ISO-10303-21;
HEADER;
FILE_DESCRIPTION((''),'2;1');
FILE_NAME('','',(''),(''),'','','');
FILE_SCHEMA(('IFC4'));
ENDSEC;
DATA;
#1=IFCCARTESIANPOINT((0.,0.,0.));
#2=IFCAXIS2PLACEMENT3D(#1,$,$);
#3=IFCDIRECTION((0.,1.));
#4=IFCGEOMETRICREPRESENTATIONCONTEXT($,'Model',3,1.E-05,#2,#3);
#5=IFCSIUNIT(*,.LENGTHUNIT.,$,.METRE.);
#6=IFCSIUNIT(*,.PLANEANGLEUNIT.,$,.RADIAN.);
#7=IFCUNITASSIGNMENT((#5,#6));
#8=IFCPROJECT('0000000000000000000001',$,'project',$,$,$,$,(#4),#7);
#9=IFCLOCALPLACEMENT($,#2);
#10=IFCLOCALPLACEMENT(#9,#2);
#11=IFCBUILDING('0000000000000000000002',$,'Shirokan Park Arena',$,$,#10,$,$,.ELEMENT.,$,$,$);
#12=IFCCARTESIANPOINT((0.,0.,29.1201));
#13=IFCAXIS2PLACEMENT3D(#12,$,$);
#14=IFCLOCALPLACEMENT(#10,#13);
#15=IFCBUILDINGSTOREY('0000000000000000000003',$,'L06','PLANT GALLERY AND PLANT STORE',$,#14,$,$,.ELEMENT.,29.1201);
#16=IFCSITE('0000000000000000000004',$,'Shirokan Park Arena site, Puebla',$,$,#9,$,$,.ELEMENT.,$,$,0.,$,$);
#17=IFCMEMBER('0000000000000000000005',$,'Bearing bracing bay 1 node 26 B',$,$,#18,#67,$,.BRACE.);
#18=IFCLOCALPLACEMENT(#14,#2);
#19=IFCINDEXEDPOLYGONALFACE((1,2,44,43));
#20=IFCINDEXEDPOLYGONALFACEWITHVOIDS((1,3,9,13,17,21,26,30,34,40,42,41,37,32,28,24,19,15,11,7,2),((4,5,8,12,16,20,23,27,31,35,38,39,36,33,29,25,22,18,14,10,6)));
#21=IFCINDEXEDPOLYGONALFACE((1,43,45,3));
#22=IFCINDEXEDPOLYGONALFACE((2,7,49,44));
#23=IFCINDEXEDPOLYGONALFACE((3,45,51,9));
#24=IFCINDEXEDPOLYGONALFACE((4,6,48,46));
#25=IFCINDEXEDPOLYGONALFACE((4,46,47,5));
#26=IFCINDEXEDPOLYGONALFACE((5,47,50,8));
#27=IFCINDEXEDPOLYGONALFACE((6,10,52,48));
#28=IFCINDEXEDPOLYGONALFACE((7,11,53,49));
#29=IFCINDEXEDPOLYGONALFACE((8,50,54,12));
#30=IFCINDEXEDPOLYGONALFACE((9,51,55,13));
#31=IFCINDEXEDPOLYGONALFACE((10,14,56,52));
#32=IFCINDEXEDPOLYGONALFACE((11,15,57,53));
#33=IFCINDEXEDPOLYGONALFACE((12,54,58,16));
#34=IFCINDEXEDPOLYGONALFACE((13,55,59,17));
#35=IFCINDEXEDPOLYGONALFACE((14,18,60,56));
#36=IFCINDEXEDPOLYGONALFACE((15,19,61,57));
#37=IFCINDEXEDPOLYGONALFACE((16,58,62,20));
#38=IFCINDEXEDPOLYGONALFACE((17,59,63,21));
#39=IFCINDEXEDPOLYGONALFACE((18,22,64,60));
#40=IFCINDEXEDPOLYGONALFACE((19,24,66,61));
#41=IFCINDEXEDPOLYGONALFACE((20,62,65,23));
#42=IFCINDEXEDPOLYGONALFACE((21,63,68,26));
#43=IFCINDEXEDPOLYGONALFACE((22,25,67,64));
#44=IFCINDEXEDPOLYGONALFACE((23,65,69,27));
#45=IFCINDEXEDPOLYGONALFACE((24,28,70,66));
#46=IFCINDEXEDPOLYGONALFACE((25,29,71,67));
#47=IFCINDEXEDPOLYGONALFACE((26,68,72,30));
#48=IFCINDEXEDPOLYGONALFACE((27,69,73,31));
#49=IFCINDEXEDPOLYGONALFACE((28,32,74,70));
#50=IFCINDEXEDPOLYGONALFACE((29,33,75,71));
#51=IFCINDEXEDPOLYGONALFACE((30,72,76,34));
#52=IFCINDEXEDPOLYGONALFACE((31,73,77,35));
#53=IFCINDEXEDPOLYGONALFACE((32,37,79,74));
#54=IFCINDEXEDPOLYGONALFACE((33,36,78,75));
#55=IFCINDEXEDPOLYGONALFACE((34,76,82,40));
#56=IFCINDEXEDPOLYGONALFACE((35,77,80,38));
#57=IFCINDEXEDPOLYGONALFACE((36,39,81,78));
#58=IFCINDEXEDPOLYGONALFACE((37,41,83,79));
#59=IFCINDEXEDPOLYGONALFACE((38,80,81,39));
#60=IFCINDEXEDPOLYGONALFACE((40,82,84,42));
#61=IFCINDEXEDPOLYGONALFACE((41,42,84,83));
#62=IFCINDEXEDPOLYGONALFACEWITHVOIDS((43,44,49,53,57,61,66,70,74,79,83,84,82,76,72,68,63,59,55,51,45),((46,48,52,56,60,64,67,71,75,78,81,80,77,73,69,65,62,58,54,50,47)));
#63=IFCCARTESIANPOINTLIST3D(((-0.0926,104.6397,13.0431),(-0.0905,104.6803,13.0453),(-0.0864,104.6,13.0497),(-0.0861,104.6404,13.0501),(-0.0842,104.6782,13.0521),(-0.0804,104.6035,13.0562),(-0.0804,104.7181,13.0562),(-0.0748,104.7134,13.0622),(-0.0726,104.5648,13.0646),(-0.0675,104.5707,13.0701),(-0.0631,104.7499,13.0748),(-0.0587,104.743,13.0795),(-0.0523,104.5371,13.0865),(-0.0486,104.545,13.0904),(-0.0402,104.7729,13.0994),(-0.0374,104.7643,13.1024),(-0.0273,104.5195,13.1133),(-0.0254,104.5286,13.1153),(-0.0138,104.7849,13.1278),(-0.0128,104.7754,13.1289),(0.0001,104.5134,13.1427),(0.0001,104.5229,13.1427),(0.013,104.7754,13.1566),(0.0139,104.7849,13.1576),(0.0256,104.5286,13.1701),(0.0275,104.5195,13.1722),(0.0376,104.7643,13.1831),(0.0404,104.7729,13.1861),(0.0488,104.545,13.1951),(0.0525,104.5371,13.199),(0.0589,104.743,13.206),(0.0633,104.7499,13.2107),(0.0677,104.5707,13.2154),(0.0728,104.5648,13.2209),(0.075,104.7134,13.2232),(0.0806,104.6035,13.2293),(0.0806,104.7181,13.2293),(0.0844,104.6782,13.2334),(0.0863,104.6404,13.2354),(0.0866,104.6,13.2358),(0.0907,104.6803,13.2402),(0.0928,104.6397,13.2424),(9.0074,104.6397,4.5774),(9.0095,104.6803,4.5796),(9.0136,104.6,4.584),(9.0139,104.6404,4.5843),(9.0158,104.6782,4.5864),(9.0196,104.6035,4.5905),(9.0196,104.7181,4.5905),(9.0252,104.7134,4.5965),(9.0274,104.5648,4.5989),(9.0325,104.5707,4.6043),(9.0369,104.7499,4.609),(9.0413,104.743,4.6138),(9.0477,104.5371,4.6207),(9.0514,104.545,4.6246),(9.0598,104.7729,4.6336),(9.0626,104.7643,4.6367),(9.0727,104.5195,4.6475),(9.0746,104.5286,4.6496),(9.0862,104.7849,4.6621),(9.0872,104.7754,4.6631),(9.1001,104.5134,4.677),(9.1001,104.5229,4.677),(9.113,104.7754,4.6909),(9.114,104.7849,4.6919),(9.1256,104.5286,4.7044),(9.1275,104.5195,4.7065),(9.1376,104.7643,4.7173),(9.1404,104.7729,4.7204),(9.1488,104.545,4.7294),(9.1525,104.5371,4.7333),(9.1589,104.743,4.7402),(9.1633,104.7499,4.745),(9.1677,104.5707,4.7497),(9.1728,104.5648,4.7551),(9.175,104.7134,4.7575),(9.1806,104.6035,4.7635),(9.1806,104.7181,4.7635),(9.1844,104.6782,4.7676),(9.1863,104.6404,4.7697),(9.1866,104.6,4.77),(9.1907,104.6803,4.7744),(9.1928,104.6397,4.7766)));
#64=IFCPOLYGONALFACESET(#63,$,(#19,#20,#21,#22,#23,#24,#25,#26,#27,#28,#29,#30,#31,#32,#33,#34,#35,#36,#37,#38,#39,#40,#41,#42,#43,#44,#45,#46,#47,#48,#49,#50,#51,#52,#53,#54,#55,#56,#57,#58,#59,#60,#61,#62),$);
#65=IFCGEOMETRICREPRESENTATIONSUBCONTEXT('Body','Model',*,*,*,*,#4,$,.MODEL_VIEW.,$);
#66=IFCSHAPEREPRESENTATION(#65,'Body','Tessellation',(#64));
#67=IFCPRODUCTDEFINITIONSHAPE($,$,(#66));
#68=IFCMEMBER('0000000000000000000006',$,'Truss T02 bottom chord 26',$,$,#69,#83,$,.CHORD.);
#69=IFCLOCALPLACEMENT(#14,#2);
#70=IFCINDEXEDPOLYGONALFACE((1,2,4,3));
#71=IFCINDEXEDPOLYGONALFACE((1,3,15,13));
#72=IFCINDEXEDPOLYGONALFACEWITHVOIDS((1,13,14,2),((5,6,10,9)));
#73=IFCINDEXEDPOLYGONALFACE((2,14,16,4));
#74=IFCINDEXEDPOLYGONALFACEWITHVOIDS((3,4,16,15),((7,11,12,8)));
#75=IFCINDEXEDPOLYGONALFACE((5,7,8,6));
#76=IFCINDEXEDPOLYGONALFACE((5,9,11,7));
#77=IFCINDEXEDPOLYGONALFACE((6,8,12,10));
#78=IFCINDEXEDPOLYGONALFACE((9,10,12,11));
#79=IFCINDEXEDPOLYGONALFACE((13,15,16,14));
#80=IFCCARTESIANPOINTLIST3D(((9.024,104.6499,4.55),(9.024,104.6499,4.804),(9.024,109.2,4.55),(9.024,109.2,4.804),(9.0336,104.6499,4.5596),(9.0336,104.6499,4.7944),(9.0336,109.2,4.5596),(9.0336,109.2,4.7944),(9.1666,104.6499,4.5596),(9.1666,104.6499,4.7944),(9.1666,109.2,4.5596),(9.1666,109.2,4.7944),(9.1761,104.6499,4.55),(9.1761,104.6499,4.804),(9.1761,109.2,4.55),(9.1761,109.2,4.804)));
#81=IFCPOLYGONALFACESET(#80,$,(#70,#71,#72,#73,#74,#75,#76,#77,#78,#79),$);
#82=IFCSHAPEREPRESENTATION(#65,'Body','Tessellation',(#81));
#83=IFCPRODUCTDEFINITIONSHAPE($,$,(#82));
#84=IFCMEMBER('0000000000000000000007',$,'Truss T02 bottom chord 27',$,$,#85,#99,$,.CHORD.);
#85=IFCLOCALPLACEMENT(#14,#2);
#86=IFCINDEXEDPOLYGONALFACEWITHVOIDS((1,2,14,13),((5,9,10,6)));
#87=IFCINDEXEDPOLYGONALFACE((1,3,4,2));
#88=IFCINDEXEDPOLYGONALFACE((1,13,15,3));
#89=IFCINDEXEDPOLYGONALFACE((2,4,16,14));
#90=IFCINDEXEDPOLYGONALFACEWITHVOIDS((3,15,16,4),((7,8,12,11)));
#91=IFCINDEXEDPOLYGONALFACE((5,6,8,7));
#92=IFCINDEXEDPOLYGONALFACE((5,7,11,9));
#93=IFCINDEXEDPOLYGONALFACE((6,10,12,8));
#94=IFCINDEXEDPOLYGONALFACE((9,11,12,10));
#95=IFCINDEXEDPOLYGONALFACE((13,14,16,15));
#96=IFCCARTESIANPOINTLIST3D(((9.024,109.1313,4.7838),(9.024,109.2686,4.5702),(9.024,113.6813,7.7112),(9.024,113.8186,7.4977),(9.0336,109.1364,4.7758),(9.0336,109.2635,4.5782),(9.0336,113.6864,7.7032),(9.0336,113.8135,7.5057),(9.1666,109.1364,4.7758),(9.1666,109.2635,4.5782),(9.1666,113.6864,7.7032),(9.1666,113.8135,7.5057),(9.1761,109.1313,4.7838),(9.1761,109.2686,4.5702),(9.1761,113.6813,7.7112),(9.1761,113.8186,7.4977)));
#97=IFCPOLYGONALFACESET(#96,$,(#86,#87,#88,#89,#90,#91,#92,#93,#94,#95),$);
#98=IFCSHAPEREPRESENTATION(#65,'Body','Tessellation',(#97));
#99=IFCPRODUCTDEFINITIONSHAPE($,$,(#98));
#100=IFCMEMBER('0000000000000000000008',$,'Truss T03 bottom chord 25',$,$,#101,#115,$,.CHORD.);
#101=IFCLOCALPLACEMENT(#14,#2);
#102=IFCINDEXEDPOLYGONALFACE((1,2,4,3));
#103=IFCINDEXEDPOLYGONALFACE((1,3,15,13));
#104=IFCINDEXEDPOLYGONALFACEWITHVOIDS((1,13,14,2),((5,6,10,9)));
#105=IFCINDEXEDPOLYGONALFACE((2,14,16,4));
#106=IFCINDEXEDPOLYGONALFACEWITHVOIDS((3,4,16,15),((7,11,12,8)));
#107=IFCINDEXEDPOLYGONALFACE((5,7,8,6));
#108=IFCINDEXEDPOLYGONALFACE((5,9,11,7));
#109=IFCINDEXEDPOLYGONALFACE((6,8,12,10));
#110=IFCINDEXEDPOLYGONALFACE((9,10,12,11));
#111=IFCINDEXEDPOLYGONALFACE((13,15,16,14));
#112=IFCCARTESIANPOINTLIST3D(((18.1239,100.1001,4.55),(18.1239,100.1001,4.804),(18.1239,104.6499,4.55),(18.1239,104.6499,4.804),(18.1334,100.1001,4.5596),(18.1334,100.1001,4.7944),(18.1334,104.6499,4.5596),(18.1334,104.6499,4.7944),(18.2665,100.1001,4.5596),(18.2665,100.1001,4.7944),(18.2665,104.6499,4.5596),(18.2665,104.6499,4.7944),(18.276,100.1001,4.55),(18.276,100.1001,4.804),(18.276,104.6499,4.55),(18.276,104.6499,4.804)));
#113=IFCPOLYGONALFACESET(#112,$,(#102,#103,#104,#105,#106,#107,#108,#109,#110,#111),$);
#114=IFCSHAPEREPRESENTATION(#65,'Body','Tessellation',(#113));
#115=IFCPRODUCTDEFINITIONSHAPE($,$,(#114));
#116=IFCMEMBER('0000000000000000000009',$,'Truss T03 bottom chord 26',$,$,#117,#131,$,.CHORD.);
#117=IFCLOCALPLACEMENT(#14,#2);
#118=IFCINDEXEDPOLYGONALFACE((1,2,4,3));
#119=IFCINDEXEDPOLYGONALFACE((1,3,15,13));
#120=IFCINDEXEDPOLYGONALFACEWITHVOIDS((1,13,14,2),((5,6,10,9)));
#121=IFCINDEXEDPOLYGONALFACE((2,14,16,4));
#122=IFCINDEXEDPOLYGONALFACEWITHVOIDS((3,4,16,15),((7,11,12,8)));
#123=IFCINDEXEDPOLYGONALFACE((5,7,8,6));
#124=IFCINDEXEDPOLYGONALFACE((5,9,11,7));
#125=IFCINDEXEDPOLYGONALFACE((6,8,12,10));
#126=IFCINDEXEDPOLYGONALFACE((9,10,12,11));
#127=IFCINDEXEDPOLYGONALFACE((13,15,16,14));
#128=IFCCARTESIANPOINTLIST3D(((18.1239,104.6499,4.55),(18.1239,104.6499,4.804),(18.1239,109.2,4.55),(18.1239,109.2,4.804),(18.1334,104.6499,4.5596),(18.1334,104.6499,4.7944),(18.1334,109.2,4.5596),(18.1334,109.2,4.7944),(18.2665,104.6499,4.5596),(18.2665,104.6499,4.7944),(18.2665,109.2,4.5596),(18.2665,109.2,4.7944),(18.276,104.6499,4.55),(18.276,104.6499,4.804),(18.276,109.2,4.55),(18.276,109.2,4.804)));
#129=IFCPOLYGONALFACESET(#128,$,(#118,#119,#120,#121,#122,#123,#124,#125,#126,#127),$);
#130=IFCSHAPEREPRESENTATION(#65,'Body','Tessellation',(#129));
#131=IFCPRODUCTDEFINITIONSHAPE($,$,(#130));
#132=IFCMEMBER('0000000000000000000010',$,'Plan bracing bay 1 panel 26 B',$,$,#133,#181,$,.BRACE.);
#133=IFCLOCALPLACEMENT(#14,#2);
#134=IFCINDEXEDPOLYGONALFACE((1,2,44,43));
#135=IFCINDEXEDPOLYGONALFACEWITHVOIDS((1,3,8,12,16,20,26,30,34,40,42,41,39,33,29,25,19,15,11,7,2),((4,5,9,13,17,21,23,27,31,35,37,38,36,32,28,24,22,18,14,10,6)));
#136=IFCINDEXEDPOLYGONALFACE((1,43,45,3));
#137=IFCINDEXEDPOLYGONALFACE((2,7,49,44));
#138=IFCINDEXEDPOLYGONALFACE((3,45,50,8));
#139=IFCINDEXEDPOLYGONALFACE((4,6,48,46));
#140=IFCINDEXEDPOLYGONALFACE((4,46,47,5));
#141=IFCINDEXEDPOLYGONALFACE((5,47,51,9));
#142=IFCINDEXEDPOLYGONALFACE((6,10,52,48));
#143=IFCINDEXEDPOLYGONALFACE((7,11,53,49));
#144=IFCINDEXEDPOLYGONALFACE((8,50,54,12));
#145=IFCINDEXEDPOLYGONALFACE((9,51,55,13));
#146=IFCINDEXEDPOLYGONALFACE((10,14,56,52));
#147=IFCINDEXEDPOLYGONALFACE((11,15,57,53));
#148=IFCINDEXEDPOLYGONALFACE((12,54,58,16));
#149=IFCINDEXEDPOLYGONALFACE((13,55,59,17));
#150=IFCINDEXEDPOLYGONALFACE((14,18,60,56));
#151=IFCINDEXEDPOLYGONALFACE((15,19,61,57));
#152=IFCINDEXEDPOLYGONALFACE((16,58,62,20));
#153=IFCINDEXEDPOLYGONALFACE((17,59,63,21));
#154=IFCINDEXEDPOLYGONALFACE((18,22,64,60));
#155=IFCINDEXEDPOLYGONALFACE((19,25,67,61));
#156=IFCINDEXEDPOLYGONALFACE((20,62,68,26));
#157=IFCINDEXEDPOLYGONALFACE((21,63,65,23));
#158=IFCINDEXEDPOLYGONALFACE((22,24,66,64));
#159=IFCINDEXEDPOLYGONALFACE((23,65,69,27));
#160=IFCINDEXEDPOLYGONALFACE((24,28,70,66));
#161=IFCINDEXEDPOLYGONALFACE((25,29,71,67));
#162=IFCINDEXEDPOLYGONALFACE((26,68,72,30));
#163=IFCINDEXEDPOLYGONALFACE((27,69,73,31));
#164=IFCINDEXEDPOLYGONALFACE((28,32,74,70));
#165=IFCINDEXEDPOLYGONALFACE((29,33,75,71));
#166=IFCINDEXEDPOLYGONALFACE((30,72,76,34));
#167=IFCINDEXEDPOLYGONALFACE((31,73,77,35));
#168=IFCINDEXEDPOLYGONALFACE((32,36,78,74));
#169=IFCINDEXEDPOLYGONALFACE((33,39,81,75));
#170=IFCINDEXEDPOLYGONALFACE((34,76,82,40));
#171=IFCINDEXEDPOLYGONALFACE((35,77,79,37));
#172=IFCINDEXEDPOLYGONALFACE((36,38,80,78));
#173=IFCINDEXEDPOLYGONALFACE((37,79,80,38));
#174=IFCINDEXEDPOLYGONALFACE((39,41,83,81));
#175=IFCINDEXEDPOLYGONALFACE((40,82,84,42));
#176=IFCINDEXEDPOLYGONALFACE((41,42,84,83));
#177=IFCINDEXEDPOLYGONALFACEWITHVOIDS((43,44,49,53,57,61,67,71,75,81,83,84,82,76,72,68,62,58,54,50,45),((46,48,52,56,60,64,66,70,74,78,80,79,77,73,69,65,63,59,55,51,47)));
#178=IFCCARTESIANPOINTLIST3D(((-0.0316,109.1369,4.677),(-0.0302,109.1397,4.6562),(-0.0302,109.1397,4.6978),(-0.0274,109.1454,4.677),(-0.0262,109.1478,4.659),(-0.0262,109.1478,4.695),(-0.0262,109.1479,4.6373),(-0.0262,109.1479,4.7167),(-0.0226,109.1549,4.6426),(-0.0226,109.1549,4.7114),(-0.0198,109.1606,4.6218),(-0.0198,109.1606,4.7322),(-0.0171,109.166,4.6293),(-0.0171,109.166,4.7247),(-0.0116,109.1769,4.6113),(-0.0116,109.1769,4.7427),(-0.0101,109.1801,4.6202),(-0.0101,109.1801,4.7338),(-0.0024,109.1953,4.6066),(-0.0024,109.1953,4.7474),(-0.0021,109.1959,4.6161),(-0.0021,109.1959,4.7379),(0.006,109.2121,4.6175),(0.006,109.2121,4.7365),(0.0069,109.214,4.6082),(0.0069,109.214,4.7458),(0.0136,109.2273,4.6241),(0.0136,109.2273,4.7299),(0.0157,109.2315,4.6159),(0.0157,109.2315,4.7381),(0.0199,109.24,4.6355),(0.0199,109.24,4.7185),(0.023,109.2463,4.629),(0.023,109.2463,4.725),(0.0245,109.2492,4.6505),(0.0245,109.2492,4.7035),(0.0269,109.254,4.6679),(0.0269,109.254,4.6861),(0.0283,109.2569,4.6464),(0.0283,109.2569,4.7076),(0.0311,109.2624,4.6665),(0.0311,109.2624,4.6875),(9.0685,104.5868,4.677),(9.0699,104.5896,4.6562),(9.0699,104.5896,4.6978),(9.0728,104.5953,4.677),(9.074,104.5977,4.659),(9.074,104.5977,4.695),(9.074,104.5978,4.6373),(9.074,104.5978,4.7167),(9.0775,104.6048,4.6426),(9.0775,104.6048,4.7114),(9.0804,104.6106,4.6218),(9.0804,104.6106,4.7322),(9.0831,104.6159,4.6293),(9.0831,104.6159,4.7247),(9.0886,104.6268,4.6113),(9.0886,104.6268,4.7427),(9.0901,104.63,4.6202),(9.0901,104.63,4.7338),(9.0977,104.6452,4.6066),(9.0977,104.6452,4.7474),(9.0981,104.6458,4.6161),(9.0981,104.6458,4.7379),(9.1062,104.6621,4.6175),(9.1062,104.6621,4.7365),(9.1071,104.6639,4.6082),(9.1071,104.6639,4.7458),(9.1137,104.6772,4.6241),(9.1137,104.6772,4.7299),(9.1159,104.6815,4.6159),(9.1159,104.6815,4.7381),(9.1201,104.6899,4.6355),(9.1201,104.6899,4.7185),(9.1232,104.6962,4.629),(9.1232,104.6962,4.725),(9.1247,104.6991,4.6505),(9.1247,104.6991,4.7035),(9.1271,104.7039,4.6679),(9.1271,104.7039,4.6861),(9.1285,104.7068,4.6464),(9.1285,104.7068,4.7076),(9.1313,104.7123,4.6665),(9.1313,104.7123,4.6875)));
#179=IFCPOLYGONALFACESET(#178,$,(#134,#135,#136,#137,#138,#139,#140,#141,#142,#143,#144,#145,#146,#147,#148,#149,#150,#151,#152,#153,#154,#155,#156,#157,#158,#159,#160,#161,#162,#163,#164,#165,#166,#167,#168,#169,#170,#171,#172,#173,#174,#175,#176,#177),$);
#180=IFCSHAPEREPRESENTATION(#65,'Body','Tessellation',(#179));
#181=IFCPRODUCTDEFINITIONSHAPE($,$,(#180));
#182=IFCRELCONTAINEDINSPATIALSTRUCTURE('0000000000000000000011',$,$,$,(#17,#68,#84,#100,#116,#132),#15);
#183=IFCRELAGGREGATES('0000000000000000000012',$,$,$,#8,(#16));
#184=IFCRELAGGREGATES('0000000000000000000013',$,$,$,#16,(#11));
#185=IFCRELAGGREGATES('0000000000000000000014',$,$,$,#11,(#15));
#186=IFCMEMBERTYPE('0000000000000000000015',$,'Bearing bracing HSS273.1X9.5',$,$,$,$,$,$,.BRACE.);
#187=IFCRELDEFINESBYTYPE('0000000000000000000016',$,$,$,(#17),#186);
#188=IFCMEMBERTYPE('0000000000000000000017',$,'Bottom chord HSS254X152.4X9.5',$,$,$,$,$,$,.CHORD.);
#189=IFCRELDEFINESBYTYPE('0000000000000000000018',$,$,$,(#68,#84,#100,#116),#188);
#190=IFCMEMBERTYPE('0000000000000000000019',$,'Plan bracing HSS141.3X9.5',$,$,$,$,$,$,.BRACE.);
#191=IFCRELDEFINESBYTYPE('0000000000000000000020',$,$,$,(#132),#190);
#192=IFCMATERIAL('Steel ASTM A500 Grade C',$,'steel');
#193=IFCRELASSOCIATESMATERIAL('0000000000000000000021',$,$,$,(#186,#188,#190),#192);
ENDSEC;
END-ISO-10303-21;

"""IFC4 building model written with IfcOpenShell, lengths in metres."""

from ifc_helpers import new_model, si_unit, direction, frame, origin, origin_2d, place, context, subcontext, project, spatial, hollow_rectangle, hollow_circle, extrude, material, material_profile, profile_set, type_object, element, save


model = new_model("IFC4")

# Units and contexts
model_context = context("Model", 3, precision=1e-05, world=origin(), true_north=direction((0.0, 1.0)))
body_context = subcontext(model_context, "Body", "Model", "MODEL_VIEW")
ifc_project = project(units=[si_unit("LENGTHUNIT", "METRE"), si_unit("PLANEANGLEUNIT", "RADIAN")], contexts=[model_context])

# Site, building, storey
site_placement = place(None, origin())
site = spatial("IfcSite", under=ifc_project, at=site_placement, Name="Shirokan Park Arena site, Puebla", CompositionType="ELEMENT", RefElevation=0.0)
building_placement = place(site_placement, origin())
building = spatial("IfcBuilding", under=site, at=building_placement, Name="Shirokan Park Arena", CompositionType="ELEMENT")
storey_placement = place(building_placement, frame((0.0, 0.0, 29.1201)))
storey = spatial("IfcBuildingStorey", under=building, at=storey_placement, Name="L06", Description="PLANT GALLERY AND PLANT STORE", CompositionType="ELEMENT", Elevation=29.1201)

# Members
ifc_material_1 = material(Name="Steel ASTM A500 Grade C", Category="steel")
ifc_material_profile_1 = material_profile(ifc_material_1, hollow_circle(Radius=0.1365, WallThickness=0.0095, at=origin_2d()), Name="HSS273.1X9.5")
ifc_profile_set_1 = profile_set([ifc_material_profile_1], Name="Steel ASTM A500 Grade C")
member_type_1 = type_object("IfcMemberType", Name="Bearing bracing HSS273.1X9.5", PredefinedType="BRACE", material=ifc_profile_set_1)
member_1_placement = place(storey_placement, frame((9.1001, 104.6499, 4.677), z_axis=(-0.732162, 0.0, 0.68113), x_axis=(0.0, -1.0, 0.0)))
element("IfcMember", 1, at=member_1_placement, inside=storey, type_object=member_type_1, Name="Bearing bracing bay 1 node 26 B", PredefinedType="BRACE", context=body_context, shape_type="SweptSolid", body=[
    extrude(hollow_circle(Radius=0.1365, WallThickness=0.0095, at=origin_2d()), origin(), (0.0, 0.0, 1.0), 12.429),
])
ifc_material_profile_2 = material_profile(ifc_material_1, hollow_rectangle(XDim=0.1521, YDim=0.2539, WallThickness=0.0095, at=origin_2d()), Name="HSS254X152.4X9.5")
ifc_profile_set_2 = profile_set([ifc_material_profile_2], Name="Steel ASTM A500 Grade C")
member_type_2 = type_object("IfcMemberType", Name="Bottom chord HSS254X152.4X9.5", PredefinedType="CHORD", material=ifc_profile_set_2)
member_2_placement = place(storey_placement, frame((9.1001, 104.6499, 4.677), z_axis=(0.0, 1.0, 0.0), x_axis=(-1.0, 0.0, 0.0)))
element("IfcMember", 2, at=member_2_placement, inside=storey, type_object=member_type_2, Name="Truss T02 bottom chord 26", PredefinedType="CHORD", context=body_context, shape_type="SweptSolid", body=[
    extrude(hollow_rectangle(XDim=0.1521, YDim=0.2539, WallThickness=0.0095, at=origin_2d()), origin(), (0.0, 0.0, 1.0), 4.55),
])
member_3_placement = place(storey_placement, frame((9.1001, 109.2, 4.677), z_axis=(0.0, 0.840972, 0.541079), x_axis=(-1.0, 0.0, 0.0)))
element("IfcMember", 3, at=member_3_placement, inside=storey, type_object=member_type_2, Name="Truss T02 bottom chord 27", PredefinedType="CHORD", context=body_context, shape_type="SweptSolid", body=[
    extrude(hollow_rectangle(XDim=0.1521, YDim=0.2539, WallThickness=0.0095, at=origin_2d()), origin(), (0.0, 0.0, 1.0), 5.4104),
])
member_4_placement = place(storey_placement, frame((18.2, 100.1001, 4.677), z_axis=(0.0, 1.0, 0.0), x_axis=(-1.0, 0.0, 0.0)))
element("IfcMember", 4, at=member_4_placement, inside=storey, type_object=member_type_2, Name="Truss T03 bottom chord 25", PredefinedType="CHORD", context=body_context, shape_type="SweptSolid", body=[
    extrude(hollow_rectangle(XDim=0.1521, YDim=0.2539, WallThickness=0.0095, at=origin_2d()), origin(), (0.0, 0.0, 1.0), 4.5498),
])
member_5_placement = place(storey_placement, frame((18.2, 104.6499, 4.677), z_axis=(0.0, 1.0, 0.0), x_axis=(-1.0, 0.0, 0.0)))
element("IfcMember", 5, at=member_5_placement, inside=storey, type_object=member_type_2, Name="Truss T03 bottom chord 26", PredefinedType="CHORD", context=body_context, shape_type="SweptSolid", body=[
    extrude(hollow_rectangle(XDim=0.1521, YDim=0.2539, WallThickness=0.0095, at=origin_2d()), origin(), (0.0, 0.0, 1.0), 4.55),
])
ifc_material_profile_3 = material_profile(ifc_material_1, hollow_circle(Radius=0.0706, WallThickness=0.0095, at=origin_2d()), Name="HSS141.3X9.5")
ifc_profile_set_3 = profile_set([ifc_material_profile_3], Name="Steel ASTM A500 Grade C")
member_type_3 = type_object("IfcMemberType", Name="Plan bracing HSS141.3X9.5", PredefinedType="BRACE", material=ifc_profile_set_3)
member_6_placement = place(storey_placement, frame((9.1001, 104.6499, 4.677), z_axis=(-0.894427, 0.447214, 0.0), x_axis=(-0.447214, -0.894427, 0.0)))
element("IfcMember", 6, at=member_6_placement, inside=storey, type_object=member_type_3, Name="Plan bracing bay 1 panel 26 B", PredefinedType="BRACE", context=body_context, shape_type="SweptSolid", body=[
    extrude(hollow_circle(Radius=0.0706, WallThickness=0.0095, at=origin_2d()), origin(), (0.0, 0.0, 1.0), 10.1743),
])

save(model, "model.ifc")
